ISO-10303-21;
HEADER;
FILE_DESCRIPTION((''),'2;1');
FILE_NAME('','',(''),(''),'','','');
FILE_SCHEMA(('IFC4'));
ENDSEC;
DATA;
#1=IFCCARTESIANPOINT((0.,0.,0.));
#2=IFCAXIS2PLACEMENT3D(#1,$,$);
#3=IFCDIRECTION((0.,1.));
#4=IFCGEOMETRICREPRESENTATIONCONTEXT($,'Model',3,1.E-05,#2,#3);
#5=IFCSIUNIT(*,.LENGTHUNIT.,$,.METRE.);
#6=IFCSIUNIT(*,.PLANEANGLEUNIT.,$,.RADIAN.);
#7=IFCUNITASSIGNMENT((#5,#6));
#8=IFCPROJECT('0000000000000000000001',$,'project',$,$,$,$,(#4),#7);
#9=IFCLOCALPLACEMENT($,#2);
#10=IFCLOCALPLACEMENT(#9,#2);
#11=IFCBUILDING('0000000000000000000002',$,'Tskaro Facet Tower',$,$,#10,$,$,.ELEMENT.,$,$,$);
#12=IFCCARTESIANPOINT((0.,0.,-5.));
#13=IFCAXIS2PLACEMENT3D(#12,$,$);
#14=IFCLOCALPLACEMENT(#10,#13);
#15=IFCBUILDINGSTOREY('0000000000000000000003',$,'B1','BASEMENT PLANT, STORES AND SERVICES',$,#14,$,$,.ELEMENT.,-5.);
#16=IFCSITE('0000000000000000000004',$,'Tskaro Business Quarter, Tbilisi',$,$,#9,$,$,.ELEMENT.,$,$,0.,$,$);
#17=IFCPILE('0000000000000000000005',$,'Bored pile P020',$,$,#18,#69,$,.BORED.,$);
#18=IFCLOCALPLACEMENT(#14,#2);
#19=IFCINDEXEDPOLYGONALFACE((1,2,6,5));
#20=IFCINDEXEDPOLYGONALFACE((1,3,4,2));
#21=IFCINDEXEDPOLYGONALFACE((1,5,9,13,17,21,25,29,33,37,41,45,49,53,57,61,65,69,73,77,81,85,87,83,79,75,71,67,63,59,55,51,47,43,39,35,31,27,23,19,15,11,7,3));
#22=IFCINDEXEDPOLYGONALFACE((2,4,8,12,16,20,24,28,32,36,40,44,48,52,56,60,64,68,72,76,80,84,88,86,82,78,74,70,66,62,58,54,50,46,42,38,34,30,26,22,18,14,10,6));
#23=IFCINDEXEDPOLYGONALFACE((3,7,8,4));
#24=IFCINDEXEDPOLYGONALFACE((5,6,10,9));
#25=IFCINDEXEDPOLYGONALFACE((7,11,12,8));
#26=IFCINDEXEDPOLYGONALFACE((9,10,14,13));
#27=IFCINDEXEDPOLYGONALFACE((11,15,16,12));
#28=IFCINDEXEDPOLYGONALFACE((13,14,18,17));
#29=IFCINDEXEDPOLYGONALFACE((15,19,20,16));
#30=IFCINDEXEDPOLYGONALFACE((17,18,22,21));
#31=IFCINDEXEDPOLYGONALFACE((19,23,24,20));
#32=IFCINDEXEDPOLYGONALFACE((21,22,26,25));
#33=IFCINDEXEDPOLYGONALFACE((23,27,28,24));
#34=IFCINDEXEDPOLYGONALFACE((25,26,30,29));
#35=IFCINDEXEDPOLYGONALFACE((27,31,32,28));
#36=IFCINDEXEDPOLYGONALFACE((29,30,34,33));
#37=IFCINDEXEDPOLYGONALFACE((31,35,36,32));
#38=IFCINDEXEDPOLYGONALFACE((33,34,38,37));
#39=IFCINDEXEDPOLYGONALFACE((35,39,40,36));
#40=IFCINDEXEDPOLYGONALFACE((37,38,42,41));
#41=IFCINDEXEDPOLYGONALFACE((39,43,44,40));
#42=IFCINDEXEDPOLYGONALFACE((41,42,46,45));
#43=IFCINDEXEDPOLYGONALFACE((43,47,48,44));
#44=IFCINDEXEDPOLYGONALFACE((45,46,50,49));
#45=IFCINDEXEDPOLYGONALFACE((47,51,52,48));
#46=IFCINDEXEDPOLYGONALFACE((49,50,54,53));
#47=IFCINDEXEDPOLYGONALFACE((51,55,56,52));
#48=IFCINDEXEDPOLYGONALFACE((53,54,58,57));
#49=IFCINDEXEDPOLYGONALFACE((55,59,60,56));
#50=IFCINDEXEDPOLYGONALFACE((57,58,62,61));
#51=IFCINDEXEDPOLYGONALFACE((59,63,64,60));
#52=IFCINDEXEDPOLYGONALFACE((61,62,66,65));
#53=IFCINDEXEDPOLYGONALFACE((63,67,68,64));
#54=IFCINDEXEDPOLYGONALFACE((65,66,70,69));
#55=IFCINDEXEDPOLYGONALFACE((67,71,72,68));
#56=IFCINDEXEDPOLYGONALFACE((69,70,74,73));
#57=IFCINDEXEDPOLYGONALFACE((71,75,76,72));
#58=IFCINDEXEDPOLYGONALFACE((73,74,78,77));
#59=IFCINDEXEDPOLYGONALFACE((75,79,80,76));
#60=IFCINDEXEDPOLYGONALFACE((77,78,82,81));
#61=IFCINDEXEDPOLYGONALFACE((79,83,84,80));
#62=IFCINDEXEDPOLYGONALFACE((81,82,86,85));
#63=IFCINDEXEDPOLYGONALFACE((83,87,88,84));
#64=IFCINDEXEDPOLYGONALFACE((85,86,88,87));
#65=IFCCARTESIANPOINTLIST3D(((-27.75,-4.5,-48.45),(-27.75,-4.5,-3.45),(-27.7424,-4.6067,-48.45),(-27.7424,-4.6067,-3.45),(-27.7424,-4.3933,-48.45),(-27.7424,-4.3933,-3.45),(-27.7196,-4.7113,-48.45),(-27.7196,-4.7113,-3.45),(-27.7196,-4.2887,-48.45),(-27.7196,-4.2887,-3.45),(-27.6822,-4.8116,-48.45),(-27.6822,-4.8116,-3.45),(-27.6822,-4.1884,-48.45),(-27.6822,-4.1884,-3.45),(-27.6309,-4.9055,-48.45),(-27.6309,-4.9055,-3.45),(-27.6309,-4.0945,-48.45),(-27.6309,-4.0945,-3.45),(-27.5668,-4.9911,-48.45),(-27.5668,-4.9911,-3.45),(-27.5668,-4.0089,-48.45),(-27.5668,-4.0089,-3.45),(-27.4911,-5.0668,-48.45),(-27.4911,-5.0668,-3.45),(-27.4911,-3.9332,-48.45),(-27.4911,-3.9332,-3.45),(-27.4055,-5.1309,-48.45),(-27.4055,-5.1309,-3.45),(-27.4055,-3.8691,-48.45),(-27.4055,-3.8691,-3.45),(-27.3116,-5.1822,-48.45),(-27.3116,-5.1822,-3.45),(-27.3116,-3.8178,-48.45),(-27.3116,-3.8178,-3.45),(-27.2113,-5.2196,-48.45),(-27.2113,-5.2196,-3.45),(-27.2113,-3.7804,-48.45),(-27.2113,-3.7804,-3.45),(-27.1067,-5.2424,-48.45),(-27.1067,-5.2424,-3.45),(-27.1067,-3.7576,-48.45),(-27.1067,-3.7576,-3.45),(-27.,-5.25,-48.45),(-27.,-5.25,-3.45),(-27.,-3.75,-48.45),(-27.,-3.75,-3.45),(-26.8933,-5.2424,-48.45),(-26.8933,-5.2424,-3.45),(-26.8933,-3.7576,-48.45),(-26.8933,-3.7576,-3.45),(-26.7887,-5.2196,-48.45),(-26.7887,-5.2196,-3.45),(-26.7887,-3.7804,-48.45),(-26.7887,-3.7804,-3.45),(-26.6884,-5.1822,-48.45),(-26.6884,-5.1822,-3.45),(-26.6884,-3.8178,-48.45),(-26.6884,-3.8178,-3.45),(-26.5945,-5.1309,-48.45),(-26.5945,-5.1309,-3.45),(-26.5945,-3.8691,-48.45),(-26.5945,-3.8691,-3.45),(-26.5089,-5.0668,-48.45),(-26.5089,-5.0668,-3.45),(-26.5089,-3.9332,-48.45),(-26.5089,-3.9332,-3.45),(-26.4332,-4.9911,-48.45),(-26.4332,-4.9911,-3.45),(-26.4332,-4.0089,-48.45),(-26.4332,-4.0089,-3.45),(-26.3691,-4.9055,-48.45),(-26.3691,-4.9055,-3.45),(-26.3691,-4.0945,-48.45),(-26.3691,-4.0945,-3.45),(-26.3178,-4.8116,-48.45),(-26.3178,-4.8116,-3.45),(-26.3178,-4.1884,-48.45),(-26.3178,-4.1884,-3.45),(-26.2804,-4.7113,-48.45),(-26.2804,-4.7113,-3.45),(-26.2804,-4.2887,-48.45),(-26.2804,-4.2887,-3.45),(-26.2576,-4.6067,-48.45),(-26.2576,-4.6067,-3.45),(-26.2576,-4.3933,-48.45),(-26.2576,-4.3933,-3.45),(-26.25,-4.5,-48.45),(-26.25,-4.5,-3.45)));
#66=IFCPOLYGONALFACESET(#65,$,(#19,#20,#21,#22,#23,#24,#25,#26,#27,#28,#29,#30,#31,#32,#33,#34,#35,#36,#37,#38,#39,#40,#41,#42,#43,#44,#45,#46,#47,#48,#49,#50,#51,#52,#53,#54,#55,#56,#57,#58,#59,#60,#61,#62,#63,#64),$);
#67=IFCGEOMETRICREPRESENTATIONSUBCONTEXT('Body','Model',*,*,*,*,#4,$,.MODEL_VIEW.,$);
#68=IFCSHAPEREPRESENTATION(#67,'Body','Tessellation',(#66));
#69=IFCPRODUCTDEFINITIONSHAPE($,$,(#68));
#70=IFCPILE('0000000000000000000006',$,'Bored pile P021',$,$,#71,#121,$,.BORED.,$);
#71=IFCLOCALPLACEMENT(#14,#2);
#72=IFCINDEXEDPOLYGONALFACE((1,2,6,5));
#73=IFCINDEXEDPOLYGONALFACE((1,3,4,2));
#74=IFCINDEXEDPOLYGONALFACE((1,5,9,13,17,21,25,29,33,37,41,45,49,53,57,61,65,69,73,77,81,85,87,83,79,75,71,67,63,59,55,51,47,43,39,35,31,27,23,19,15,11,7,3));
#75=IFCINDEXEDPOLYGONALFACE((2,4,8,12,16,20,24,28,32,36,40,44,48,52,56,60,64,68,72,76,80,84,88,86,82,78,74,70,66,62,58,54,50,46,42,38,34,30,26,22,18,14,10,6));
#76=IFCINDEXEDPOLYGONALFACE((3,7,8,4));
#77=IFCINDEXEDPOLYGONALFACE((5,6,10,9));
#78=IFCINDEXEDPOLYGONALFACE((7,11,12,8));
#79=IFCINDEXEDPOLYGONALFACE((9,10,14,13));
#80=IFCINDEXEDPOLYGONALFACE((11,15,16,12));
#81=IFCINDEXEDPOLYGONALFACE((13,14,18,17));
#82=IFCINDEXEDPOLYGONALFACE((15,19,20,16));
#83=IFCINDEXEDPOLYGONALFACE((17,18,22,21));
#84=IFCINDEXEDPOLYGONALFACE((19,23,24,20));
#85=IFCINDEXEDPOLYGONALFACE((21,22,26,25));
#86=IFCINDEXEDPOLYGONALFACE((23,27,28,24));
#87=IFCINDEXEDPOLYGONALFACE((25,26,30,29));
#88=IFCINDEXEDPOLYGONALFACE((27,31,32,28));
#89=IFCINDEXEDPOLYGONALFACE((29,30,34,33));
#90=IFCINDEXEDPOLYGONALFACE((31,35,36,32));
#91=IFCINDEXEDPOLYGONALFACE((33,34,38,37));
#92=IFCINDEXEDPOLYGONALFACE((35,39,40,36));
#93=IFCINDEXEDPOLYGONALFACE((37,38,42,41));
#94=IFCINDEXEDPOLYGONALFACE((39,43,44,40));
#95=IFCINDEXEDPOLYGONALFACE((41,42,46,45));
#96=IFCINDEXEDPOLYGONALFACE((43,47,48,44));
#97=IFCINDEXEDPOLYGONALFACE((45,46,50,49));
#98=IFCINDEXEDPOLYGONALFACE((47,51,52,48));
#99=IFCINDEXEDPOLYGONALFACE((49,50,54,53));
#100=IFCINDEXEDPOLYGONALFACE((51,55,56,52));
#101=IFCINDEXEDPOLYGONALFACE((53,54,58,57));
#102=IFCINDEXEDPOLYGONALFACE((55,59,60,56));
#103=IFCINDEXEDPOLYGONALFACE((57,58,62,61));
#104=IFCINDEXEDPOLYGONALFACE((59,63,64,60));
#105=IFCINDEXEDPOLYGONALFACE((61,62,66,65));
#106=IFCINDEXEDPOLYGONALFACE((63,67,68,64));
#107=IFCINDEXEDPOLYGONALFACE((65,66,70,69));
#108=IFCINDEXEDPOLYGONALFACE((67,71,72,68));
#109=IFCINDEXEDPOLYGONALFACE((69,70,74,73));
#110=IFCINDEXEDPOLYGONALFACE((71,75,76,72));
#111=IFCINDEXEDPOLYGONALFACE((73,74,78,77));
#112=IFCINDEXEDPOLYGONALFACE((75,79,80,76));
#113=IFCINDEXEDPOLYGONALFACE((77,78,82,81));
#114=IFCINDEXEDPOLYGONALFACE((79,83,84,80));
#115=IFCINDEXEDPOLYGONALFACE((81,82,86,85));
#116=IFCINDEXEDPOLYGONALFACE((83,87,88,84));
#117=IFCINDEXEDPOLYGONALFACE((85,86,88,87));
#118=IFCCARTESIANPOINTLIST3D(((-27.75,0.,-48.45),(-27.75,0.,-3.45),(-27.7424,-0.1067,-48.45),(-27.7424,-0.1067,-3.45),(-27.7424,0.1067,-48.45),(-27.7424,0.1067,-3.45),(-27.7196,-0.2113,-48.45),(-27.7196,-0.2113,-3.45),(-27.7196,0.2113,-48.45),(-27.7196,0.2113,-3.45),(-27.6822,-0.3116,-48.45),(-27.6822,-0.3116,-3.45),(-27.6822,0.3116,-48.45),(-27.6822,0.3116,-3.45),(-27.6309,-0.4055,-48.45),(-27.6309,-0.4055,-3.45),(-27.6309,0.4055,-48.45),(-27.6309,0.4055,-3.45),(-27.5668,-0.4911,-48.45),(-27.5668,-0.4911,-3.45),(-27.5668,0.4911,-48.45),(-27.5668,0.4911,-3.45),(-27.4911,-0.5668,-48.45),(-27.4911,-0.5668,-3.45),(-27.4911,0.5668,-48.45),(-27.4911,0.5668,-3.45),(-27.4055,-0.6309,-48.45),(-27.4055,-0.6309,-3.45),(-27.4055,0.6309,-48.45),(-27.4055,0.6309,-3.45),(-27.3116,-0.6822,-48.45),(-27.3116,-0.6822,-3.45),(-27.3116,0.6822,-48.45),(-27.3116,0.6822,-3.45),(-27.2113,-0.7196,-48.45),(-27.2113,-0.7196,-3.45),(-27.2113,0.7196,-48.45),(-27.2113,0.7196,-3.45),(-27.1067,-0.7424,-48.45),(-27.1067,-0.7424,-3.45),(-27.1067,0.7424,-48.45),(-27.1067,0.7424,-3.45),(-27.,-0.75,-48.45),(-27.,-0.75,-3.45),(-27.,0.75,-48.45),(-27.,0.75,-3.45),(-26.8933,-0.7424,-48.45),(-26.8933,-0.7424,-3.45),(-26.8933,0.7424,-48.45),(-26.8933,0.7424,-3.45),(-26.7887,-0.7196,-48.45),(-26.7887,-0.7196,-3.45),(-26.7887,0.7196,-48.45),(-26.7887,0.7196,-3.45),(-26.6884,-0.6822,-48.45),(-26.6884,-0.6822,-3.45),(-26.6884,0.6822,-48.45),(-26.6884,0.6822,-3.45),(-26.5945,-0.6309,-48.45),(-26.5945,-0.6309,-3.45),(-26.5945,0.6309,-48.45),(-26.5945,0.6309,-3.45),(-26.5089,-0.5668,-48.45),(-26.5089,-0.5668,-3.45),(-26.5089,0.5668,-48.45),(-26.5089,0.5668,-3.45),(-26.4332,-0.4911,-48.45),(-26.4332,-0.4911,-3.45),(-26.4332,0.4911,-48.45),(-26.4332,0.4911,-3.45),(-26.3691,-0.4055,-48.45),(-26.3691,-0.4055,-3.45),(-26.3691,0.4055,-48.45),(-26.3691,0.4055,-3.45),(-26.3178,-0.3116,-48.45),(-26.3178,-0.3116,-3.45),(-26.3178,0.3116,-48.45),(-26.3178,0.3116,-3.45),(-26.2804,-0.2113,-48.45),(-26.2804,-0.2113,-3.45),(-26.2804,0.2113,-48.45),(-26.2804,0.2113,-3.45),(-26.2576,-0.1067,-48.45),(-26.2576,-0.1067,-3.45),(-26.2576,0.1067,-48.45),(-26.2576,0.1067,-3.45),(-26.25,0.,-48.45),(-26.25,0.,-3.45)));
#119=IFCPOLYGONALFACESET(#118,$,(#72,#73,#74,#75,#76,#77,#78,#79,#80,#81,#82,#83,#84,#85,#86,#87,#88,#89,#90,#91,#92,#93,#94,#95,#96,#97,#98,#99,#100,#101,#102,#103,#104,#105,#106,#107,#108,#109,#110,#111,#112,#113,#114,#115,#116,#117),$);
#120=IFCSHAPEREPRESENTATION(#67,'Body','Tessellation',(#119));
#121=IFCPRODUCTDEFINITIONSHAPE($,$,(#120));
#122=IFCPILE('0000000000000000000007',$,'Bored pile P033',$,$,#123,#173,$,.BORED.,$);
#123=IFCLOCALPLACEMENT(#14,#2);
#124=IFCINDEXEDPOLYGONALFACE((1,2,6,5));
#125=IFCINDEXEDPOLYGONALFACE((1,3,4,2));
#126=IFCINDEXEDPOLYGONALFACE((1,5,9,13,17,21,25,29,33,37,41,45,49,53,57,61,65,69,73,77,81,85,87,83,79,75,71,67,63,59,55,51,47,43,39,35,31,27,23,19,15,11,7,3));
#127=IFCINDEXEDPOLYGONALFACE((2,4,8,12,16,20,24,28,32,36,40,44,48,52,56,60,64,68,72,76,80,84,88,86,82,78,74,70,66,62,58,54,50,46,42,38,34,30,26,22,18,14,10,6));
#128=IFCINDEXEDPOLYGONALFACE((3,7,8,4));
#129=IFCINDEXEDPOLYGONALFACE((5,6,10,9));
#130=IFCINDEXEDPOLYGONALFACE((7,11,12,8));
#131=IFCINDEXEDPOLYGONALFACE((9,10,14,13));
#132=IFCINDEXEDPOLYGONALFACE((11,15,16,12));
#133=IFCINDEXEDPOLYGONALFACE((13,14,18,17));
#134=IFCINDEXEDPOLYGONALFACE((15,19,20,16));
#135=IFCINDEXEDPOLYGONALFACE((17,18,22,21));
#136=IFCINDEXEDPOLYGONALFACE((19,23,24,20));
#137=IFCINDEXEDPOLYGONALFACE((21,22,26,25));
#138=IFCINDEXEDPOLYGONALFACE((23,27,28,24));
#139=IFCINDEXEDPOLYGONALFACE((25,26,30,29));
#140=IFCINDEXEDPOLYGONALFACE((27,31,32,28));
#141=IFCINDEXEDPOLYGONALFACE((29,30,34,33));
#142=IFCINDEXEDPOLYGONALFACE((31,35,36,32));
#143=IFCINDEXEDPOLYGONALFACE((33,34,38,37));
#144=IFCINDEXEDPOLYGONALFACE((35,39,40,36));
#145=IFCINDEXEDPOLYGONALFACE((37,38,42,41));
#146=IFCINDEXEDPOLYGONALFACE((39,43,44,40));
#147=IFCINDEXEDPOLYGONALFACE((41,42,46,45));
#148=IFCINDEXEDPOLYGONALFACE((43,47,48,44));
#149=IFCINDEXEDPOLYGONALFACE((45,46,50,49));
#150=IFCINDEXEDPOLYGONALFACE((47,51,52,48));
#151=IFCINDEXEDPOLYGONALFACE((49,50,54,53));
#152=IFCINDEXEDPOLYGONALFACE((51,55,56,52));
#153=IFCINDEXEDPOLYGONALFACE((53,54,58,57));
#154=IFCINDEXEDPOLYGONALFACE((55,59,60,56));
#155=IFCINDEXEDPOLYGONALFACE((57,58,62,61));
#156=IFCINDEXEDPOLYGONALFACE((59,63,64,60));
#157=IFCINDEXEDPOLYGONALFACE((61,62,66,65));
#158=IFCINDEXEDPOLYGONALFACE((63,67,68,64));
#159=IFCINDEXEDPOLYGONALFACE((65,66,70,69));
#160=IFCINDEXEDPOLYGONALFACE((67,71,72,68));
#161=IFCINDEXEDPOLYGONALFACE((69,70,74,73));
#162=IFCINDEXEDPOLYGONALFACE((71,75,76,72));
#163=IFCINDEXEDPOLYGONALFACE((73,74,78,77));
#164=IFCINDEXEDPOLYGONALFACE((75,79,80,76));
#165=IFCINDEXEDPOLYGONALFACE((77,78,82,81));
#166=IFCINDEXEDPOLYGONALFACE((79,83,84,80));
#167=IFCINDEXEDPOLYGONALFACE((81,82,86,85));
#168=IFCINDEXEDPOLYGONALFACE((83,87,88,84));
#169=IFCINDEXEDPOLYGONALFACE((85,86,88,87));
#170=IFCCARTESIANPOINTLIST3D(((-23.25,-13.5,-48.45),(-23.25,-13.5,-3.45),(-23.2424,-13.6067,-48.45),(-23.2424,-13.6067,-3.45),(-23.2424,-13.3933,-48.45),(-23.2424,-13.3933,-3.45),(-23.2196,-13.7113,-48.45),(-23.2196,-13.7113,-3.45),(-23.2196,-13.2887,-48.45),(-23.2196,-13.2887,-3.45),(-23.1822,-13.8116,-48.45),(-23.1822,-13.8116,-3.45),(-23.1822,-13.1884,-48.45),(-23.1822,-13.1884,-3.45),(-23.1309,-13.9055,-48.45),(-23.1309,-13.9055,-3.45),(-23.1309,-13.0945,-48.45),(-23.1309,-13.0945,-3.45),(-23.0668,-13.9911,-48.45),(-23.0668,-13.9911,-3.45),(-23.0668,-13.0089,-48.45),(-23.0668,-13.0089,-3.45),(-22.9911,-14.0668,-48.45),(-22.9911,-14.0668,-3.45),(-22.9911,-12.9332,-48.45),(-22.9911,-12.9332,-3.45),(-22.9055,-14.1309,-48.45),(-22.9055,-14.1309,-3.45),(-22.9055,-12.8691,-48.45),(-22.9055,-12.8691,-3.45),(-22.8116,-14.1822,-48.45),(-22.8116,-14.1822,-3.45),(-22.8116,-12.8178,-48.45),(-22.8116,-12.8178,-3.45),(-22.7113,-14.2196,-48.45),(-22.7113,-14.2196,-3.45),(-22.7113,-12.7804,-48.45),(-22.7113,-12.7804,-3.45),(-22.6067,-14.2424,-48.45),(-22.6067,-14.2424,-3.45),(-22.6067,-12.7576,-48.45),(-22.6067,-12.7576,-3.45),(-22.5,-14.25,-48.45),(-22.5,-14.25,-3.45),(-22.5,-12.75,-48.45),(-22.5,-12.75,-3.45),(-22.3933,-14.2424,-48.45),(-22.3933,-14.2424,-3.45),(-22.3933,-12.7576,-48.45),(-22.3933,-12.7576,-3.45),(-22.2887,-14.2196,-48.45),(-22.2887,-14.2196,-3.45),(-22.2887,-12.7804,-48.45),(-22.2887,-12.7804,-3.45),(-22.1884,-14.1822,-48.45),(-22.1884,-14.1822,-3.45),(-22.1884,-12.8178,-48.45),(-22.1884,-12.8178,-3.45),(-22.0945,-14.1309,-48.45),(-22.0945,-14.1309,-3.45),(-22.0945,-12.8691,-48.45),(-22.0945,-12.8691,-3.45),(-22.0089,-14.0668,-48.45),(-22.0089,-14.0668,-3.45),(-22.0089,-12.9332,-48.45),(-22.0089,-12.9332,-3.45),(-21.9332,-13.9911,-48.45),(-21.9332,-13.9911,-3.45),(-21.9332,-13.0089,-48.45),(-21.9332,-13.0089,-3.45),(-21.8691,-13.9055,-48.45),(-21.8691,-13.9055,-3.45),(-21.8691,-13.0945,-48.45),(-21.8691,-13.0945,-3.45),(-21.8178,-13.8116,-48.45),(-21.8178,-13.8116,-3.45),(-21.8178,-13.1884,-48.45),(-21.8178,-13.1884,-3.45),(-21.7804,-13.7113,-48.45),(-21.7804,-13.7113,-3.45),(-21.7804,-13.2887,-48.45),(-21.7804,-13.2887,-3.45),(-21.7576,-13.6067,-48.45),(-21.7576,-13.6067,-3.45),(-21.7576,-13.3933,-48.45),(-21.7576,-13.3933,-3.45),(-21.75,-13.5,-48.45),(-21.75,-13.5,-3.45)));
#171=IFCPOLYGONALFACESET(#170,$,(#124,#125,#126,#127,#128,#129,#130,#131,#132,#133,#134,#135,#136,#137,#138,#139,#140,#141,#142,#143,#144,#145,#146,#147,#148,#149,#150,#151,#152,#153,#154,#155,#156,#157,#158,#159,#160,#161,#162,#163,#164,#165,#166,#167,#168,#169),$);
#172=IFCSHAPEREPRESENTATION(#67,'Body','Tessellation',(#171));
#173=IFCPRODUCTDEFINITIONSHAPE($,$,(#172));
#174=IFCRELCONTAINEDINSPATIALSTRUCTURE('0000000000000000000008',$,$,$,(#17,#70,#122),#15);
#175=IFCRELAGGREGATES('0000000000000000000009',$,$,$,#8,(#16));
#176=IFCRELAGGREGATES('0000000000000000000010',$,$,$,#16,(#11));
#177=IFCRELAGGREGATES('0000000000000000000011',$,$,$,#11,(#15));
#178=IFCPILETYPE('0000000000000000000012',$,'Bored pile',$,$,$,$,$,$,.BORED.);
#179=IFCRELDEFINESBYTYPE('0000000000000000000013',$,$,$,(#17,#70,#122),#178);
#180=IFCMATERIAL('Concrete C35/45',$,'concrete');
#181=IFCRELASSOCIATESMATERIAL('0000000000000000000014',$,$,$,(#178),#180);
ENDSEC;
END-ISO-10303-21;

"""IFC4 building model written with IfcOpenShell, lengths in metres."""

from ifc_helpers import new_model, si_unit, direction, frame, origin, origin_2d, place, context, subcontext, project, spatial, circle, extrude, material, material_profile, profile_set, type_object, element, save


model = new_model("IFC4")

# Units and contexts
model_context = context("Model", 3, precision=1e-05, world=origin(), true_north=direction((0.0, 1.0)))
body_context = subcontext(model_context, "Body", "Model", "MODEL_VIEW")
ifc_project = project(units=[si_unit("LENGTHUNIT", "METRE"), si_unit("PLANEANGLEUNIT", "RADIAN")], contexts=[model_context])

# Site, building, storey
site_placement = place(None, origin())
site = spatial("IfcSite", under=ifc_project, at=site_placement, Name="Tskaro Business Quarter, Tbilisi", CompositionType="ELEMENT", RefElevation=0.0)
building_placement = place(site_placement, origin())
building = spatial("IfcBuilding", under=site, at=building_placement, Name="Tskaro Facet Tower", CompositionType="ELEMENT")
storey_placement = place(building_placement, frame((0.0, 0.0, -5.0)))
storey = spatial("IfcBuildingStorey", under=building, at=storey_placement, Name="B1", Description="BASEMENT PLANT, STORES AND SERVICES", CompositionType="ELEMENT", Elevation=-5.0)

# Piles
ifc_material_1 = material(Name="Concrete C35/45", Category="concrete")
ifc_material_profile_1 = material_profile(ifc_material_1, circle(Radius=0.75, at=origin_2d()), Name="Bored pile")
ifc_profile_set_1 = profile_set([ifc_material_profile_1], Name="Concrete C35/45")
pile_type = type_object("IfcPileType", Name="Bored pile", PredefinedType="BORED", material=ifc_profile_set_1)
for number, where, z_axis, x_axis, name in (
    (1, (-27.0, -4.5, -3.45), (0.0, 0.0, -1.0), (1.0, 0.0, 0.0), "Bored pile P020"),
    (2, (-27.0, 0.0, -3.45), (0.0, 0.0, -1.0), (1.0, 0.0, 0.0), "Bored pile P021"),
    (3, (-22.5, -13.5, -3.45), (0.0, 0.0, -1.0), (1.0, 0.0, 0.0), "Bored pile P033"),
):
    element("IfcPile", number, at=place(storey_placement, frame(where, z_axis=z_axis, x_axis=x_axis)), inside=storey, type_object=pile_type, Name=name, PredefinedType="BORED", context=body_context, shape_type="SweptSolid", body=[
        extrude(circle(Radius=0.75, at=origin_2d()), origin(), (0.0, 0.0, 1.0), 45.0),
    ])

save(model, "model.ifc")
